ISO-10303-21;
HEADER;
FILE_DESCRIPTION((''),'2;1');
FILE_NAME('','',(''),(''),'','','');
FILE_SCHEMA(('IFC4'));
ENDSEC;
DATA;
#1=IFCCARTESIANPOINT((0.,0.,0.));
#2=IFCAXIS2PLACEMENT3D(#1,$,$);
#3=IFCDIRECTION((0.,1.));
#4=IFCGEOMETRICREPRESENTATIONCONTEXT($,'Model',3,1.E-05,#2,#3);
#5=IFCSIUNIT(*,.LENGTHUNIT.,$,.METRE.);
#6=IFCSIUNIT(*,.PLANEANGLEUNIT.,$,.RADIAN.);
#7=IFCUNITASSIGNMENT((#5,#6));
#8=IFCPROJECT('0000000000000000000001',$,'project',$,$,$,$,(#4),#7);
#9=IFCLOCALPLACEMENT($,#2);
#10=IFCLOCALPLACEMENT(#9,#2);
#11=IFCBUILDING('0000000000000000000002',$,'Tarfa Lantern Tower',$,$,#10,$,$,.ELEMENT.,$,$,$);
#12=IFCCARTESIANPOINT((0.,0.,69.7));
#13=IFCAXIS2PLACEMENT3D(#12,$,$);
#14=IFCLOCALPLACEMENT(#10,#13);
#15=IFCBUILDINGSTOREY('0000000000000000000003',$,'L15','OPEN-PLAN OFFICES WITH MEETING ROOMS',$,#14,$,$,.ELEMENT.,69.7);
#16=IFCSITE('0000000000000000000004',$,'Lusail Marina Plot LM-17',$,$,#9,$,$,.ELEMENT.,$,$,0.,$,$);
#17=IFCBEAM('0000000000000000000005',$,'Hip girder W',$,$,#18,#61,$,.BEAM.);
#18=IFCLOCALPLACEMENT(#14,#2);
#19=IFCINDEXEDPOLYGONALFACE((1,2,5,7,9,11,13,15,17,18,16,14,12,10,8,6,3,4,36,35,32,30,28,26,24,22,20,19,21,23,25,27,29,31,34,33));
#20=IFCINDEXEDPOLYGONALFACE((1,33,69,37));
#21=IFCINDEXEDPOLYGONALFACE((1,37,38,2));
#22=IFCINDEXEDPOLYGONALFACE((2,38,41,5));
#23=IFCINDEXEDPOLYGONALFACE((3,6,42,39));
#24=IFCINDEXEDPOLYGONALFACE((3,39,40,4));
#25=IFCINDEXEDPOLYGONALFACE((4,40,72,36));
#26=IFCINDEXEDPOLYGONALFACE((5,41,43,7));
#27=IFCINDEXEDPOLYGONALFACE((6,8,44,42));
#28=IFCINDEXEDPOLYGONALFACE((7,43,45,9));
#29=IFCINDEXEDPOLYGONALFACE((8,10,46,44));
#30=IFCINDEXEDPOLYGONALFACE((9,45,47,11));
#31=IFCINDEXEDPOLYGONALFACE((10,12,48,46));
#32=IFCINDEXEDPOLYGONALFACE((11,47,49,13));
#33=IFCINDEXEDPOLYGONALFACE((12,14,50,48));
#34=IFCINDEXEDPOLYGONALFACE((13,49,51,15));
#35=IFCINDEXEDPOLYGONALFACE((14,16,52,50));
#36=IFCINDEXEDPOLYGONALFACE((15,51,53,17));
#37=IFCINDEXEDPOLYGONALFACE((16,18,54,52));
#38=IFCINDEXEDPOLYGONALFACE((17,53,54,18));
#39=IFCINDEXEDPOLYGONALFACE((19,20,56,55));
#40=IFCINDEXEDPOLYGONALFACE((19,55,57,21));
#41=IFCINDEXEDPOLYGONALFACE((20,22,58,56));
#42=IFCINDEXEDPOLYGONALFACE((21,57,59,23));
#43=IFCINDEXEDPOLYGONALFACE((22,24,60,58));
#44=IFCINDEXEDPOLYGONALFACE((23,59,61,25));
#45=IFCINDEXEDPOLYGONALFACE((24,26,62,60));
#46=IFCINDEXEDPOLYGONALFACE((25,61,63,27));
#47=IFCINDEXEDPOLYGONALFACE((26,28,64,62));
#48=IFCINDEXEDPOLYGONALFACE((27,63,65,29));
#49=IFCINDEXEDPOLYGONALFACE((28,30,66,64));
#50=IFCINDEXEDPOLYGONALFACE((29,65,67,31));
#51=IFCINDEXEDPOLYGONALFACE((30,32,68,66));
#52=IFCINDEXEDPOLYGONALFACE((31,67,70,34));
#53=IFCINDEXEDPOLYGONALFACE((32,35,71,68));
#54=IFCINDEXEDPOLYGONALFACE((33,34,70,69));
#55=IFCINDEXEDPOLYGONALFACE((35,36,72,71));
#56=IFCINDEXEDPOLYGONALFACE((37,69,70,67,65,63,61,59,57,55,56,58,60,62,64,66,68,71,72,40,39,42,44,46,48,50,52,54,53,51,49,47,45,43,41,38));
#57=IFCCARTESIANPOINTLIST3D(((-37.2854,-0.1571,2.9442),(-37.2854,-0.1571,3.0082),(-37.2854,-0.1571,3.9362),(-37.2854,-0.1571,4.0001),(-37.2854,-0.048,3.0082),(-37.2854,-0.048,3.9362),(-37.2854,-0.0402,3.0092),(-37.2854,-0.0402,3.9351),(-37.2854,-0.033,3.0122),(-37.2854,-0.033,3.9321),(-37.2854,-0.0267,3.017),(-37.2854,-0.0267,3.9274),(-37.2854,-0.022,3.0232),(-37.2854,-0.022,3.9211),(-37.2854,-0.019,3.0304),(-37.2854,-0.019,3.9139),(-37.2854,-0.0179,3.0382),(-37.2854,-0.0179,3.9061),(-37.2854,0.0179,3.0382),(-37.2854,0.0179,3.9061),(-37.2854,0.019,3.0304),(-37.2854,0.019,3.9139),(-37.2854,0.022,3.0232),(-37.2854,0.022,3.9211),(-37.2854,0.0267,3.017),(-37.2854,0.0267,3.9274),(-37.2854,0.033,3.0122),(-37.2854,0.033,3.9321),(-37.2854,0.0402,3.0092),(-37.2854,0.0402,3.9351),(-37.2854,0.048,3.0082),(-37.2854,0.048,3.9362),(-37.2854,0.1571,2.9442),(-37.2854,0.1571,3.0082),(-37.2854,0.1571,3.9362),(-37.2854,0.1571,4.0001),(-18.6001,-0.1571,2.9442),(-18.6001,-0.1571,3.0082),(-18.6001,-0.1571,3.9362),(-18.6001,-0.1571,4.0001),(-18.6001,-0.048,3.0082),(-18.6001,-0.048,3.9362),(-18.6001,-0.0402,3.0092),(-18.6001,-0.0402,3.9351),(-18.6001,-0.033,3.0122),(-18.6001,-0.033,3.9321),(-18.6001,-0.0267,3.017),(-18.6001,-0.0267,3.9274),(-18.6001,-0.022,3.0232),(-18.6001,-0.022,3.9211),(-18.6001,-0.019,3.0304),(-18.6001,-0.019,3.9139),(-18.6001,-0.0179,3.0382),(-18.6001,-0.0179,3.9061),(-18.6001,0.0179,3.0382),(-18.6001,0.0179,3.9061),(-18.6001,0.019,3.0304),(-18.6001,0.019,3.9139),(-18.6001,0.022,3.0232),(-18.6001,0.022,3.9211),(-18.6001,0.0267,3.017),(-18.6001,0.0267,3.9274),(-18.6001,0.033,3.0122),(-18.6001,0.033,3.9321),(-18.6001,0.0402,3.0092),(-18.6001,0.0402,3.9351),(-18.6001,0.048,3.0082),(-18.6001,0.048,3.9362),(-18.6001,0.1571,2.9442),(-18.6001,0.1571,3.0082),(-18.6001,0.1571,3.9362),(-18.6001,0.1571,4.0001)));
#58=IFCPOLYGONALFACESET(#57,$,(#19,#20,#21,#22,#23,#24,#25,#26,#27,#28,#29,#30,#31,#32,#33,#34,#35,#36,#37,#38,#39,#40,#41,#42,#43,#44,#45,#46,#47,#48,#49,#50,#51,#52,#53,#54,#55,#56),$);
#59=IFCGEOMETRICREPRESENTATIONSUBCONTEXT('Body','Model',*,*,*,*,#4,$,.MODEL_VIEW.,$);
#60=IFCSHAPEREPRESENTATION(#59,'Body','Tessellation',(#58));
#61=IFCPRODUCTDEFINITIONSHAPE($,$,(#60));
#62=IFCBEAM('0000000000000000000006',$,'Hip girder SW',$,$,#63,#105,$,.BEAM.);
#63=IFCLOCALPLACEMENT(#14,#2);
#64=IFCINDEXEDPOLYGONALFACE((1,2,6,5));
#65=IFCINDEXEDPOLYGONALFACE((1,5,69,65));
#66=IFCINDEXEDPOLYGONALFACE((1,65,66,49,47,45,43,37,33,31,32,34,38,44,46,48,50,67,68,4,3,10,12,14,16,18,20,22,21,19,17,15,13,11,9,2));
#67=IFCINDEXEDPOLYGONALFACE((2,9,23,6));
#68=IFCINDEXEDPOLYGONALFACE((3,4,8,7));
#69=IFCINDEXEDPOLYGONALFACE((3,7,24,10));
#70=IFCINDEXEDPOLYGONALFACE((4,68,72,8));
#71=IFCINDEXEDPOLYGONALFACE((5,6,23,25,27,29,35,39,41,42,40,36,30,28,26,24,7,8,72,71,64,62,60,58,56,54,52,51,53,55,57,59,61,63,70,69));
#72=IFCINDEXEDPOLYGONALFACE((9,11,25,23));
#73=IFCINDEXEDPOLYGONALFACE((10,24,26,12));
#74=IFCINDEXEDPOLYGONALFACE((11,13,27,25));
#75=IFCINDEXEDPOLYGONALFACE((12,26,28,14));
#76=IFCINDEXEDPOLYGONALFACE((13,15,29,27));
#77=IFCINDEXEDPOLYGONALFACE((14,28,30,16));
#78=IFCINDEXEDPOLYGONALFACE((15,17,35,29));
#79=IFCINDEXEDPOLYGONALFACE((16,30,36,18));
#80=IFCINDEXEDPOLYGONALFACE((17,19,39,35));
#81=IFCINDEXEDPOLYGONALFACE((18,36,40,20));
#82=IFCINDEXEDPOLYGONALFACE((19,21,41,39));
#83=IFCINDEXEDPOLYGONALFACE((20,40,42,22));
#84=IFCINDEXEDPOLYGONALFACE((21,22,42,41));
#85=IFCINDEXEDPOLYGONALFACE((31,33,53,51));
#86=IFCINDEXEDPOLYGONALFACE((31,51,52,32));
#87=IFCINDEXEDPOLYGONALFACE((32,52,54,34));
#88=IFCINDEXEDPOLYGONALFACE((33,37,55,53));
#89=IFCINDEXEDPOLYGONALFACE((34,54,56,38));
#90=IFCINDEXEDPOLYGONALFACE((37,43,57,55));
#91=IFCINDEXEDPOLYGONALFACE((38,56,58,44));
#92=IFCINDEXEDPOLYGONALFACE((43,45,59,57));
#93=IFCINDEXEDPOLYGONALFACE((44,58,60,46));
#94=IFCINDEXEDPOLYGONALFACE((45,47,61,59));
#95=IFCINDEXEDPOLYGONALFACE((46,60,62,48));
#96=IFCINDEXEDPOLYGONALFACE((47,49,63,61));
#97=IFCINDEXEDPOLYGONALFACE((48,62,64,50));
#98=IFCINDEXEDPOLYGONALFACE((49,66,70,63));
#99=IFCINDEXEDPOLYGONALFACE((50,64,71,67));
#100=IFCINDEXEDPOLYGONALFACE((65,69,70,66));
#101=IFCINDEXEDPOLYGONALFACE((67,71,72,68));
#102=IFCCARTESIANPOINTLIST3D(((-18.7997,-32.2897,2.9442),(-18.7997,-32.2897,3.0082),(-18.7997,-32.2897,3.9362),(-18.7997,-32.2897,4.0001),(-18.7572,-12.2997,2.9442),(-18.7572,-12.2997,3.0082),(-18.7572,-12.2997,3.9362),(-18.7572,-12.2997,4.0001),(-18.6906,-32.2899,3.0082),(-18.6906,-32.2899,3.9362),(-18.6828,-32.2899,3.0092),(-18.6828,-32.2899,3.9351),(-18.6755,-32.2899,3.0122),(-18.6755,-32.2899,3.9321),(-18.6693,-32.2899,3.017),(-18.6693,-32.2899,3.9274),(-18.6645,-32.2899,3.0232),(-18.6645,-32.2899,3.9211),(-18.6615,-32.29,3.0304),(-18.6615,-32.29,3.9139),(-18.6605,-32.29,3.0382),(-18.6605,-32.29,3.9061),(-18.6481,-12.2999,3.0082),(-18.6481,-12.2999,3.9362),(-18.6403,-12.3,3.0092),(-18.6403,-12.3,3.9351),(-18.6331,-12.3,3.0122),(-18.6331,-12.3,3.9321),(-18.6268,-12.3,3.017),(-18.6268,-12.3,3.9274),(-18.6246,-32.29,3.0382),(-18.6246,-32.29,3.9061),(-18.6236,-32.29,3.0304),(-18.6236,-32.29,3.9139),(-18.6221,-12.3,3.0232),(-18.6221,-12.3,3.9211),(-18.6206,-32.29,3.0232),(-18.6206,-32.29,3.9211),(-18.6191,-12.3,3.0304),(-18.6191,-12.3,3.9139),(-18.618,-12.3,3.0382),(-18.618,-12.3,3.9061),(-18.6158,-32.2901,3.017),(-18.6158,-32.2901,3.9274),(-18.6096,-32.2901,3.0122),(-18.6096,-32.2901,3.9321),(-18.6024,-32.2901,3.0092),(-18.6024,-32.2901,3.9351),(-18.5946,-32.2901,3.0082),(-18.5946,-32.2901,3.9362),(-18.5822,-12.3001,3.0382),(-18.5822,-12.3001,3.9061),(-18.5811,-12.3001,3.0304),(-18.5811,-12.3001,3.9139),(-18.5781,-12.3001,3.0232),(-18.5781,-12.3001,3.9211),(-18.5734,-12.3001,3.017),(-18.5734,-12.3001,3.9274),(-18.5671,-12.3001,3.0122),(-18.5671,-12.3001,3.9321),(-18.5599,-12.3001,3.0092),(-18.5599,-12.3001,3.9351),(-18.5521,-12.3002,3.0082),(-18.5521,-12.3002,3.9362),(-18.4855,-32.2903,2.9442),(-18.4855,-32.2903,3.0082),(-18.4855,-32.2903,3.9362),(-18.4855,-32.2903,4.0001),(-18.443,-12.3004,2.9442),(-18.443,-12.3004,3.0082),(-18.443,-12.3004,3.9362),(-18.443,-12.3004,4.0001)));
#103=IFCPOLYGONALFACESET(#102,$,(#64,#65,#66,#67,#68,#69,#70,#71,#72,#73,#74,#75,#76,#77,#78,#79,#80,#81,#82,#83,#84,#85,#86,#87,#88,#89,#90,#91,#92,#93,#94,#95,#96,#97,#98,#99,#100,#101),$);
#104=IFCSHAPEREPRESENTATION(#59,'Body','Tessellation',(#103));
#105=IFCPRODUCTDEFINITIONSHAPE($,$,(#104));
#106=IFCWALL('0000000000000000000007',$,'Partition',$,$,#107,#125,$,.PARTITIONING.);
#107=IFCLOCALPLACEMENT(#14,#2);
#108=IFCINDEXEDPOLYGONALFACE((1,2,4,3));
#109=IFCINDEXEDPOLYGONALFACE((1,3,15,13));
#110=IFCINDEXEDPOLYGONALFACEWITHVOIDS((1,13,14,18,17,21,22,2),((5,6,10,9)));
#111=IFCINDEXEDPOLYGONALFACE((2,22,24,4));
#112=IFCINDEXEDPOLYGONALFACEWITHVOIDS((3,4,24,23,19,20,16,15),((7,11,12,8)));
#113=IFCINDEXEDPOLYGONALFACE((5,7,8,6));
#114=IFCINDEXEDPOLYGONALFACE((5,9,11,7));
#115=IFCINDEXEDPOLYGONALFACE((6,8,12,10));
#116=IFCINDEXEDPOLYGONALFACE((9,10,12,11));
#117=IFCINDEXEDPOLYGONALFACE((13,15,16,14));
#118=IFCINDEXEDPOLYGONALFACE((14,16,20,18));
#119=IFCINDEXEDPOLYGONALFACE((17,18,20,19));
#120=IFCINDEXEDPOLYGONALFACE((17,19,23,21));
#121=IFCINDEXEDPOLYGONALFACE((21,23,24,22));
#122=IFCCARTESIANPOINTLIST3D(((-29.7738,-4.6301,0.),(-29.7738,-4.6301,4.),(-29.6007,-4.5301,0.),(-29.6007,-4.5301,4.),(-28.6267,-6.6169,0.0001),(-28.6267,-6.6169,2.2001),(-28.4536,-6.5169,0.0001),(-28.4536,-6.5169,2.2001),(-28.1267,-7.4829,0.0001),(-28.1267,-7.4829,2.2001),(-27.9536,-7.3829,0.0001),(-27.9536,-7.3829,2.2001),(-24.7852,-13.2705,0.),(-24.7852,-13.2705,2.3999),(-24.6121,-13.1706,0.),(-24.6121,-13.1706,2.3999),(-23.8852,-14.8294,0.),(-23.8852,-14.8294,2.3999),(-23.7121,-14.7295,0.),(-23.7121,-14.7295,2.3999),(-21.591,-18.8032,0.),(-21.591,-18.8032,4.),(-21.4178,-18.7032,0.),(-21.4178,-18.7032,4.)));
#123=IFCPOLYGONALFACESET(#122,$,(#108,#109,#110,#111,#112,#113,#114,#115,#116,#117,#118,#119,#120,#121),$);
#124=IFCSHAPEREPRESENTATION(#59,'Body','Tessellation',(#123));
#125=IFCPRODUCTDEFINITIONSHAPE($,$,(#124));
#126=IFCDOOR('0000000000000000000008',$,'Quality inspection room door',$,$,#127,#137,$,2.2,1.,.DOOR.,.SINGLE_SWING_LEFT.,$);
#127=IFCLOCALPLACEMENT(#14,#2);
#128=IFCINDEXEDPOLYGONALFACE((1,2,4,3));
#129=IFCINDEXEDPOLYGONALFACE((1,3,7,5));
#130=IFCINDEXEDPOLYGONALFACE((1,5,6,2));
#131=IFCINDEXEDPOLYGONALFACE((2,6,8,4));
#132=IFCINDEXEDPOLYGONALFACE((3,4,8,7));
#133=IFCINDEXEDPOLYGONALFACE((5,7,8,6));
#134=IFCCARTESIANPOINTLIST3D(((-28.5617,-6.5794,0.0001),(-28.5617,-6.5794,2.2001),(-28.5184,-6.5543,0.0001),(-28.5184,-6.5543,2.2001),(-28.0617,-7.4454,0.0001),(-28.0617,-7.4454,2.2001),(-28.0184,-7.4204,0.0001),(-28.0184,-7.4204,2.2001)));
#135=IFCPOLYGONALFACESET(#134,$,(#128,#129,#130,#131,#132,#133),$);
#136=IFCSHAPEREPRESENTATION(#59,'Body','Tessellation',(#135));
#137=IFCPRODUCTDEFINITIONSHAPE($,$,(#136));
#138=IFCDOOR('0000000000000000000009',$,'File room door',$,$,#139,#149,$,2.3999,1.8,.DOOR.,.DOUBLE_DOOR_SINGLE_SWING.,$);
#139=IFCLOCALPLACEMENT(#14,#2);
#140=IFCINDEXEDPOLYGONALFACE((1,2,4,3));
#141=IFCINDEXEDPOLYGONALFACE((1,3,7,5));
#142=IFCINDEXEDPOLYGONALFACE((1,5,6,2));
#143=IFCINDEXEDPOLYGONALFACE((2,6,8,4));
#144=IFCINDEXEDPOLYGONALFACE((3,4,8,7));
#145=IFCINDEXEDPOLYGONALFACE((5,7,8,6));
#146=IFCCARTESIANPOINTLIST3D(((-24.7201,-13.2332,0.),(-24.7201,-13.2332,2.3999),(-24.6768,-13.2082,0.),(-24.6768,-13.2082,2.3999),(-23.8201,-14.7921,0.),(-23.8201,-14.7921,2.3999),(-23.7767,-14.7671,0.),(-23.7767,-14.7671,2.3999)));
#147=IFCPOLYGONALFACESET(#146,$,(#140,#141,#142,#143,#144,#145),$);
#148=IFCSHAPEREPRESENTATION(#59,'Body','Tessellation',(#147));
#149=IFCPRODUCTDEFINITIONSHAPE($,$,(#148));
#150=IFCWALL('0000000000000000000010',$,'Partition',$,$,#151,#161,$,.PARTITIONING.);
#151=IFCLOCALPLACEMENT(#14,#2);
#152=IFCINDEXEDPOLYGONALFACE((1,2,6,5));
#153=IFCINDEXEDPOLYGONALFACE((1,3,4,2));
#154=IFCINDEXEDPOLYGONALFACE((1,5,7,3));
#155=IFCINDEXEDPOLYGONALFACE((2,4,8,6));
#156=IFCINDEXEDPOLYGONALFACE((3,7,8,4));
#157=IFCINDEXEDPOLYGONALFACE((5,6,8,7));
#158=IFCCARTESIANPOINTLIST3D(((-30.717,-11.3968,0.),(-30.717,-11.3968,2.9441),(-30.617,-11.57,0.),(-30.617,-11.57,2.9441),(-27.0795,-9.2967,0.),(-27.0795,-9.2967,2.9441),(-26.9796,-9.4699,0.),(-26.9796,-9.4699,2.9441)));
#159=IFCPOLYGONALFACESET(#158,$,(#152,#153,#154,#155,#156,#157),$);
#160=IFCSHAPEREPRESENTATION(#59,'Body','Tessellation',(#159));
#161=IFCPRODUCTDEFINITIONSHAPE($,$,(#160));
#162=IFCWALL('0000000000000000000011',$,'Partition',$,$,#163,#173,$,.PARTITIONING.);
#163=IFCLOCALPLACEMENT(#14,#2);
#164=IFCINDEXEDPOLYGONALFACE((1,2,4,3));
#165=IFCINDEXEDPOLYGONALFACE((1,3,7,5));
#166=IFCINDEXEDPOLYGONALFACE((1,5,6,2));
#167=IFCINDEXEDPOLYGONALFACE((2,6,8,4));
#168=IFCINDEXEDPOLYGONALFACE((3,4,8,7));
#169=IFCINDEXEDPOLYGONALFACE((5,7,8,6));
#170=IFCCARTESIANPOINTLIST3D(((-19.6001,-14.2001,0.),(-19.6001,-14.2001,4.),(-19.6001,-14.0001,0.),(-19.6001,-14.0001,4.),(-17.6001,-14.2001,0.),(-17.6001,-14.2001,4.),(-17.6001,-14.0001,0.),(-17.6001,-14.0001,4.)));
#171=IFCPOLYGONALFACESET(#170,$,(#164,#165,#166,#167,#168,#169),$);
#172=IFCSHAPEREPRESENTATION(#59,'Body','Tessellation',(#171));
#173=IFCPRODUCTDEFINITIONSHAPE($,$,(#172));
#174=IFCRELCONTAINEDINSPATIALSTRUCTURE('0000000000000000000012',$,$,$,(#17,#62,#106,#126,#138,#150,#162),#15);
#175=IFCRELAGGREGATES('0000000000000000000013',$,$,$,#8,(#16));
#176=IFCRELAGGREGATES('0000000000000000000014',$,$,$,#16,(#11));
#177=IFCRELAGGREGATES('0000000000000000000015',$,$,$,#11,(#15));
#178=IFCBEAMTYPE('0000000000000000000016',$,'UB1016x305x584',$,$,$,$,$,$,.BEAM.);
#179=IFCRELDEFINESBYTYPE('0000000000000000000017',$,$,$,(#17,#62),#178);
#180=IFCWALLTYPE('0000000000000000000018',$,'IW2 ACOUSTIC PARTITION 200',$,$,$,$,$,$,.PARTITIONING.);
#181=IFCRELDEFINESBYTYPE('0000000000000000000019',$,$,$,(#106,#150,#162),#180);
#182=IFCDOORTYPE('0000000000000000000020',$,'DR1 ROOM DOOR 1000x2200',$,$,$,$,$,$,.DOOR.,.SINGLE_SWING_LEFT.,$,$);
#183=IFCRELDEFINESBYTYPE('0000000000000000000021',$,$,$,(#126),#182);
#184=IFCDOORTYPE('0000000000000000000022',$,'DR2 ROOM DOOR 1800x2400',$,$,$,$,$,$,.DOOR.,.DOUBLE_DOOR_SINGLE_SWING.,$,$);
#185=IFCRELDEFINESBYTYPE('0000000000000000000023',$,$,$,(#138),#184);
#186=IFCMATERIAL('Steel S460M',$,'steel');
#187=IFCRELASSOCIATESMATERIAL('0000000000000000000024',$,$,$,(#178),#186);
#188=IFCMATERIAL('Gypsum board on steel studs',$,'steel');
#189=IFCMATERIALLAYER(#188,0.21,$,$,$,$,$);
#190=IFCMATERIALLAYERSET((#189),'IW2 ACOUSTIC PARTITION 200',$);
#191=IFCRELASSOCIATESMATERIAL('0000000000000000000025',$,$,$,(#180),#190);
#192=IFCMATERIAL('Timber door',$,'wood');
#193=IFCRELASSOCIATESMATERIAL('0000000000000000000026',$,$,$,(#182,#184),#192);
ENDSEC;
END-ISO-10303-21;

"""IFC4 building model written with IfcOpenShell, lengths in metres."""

from ifc_helpers import new_model, si_unit, direction, frame, frame_2d, origin, origin_2d, place, context, subcontext, project, spatial, rectangle, i_section, extrude, material, layer, layer_set, material_profile, profile_set, type_object, element, fill, save


model = new_model("IFC4")

# Units and contexts
model_context = context("Model", 3, precision=1e-05, world=origin(), true_north=direction((0.0, 1.0)))
body_context = subcontext(model_context, "Body", "Model", "MODEL_VIEW")
ifc_project = project(units=[si_unit("LENGTHUNIT", "METRE"), si_unit("PLANEANGLEUNIT", "RADIAN")], contexts=[model_context])

# Site, building, storey
site_placement = place(None, origin())
site = spatial("IfcSite", under=ifc_project, at=site_placement, Name="Lusail Marina Plot LM-17", CompositionType="ELEMENT", RefElevation=0.0)
building_placement = place(site_placement, origin())
building = spatial("IfcBuilding", under=site, at=building_placement, Name="Tarfa Lantern Tower", CompositionType="ELEMENT")
storey_placement = place(building_placement, frame((0.0, 0.0, 69.7)))
storey = spatial("IfcBuildingStorey", under=building, at=storey_placement, Name="L15", Description="OPEN-PLAN OFFICES WITH MEETING ROOMS", CompositionType="ELEMENT", Elevation=69.7)

# Beams
ifc_material_1 = material(Name="Steel S460M", Category="steel")
ifc_material_profile = material_profile(ifc_material_1, i_section(OverallWidth=0.3142, OverallDepth=1.0559, WebThickness=0.0359, FlangeThickness=0.064, FilletRadius=0.03, at=origin_2d()), Name="UB1016x305x584")
ifc_profile_set = profile_set([ifc_material_profile], Name="Steel S460M")
beam_type = type_object("IfcBeamType", Name="UB1016x305x584", PredefinedType="BEAM", material=ifc_profile_set)
beam_1_placement = place(storey_placement, frame((-18.6001, 0.0, 3.4722), z_axis=(-1.0, 0.0, 0.0), x_axis=(0.0, -1.0, 0.0)))
element("IfcBeam", 1, at=beam_1_placement, inside=storey, type_object=beam_type, Name="Hip girder W", PredefinedType="BEAM", context=body_context, shape_type="SweptSolid", body=[
    extrude(i_section(OverallWidth=0.3142, OverallDepth=1.0559, WebThickness=0.0359, FlangeThickness=0.064, FilletRadius=0.03, at=origin_2d()), origin(), (0.0, 0.0, 1.0), 18.6853),
])
beam_2_placement = place(storey_placement, frame((-18.6001, -12.3, 3.4722), z_axis=(-0.002125, -0.999998, 0.0), x_axis=(0.999998, -0.002125, 0.0)))
element("IfcBeam", 2, at=beam_2_placement, inside=storey, type_object=beam_type, Name="Hip girder SW", PredefinedType="BEAM", context=body_context, shape_type="SweptSolid", body=[
    extrude(i_section(OverallWidth=0.3142, OverallDepth=1.0559, WebThickness=0.0359, FlangeThickness=0.064, FilletRadius=0.03, at=origin_2d()), origin(), (0.0, 0.0, 1.0), 19.99),
])

# Wall, openings, doors
ifc_material_2 = material(Name="Gypsum board on steel studs", Category="steel")
ifc_layer_1 = layer(ifc_material_2, 0.21)
ifc_layer_set_1 = layer_set([ifc_layer_1], Name="IW2 ACOUSTIC PARTITION 200")
wall_type_1 = type_object("IfcWallType", Name="IW2 ACOUSTIC PARTITION 200", PredefinedType="PARTITIONING", material=ifc_layer_set_1)
wall_1_placement = place(storey_placement, frame((-29.6873, -4.5801, 0.0), z_axis=(0.0, 0.0, 1.0), x_axis=(0.500001, -0.866025, 0.0)))
wall_1 = element("IfcWall", 3, at=wall_1_placement, inside=storey, type_object=wall_type_1, Name="Partition", PredefinedType="PARTITIONING", context=body_context, shape_type="SweptSolid", body=[
    extrude(rectangle(XDim=16.3657, YDim=0.2, at=frame_2d((8.1829, 0.0))), origin(), (0.0, 0.0, 1.0), 4.0),
])
opening_1_placement = place(wall_1_placement, frame((2.2942, 0.0, 0.0)))
opening_1 = element("IfcOpeningElement", 4, at=opening_1_placement, cuts=wall_1, PredefinedType="OPENING", context=body_context, shape_type="SweptSolid", body=[
    extrude(rectangle(XDim=1.0, YDim=2.2, at=frame_2d((0.5, 1.1001))), frame((0.0, 0.1099, 0.0), z_axis=(0.0, -1.0, 0.0), x_axis=(1.0, 0.0, 0.0)), (0.0, 0.0, 1.0), 0.22),
])
opening_2_placement = place(wall_1_placement, frame((9.9773, 0.0, 0.0)))
opening_2 = element("IfcOpeningElement", 5, at=opening_2_placement, cuts=wall_1, PredefinedType="OPENING", context=body_context, shape_type="SweptSolid", body=[
    extrude(rectangle(XDim=1.8, YDim=2.3999, at=frame_2d((0.8999, 1.2))), frame((0.0, 0.1099, 0.0), z_axis=(0.0, -1.0, 0.0), x_axis=(1.0, 0.0, 0.0)), (0.0, 0.0, 1.0), 0.22),
])
ifc_material_3 = material(Name="Timber door", Category="wood")
door_type_1 = type_object("IfcDoorType", Name="DR1 ROOM DOOR 1000x2200", OperationType="SINGLE_SWING_LEFT", PredefinedType="DOOR", material=ifc_material_3)
door_1_placement = place(opening_1_placement, frame((1.0, 0.0, 0.0), z_axis=(0.0, 0.0, 1.0), x_axis=(-1.0, 0.0, 0.0)))
door_1 = element("IfcDoor", 6, at=door_1_placement, inside=storey, type_object=door_type_1, Name="Quality inspection room door", OperationType="SINGLE_SWING_LEFT", OverallHeight=2.2, OverallWidth=1.0, PredefinedType="DOOR", context=body_context, shape_type="SweptSolid", body=[
    extrude(rectangle(XDim=1.0, YDim=2.2, at=frame_2d((0.5, 1.1001))), frame((0.0, 0.0249, 0.0), z_axis=(0.0, -1.0, 0.0), x_axis=(1.0, 0.0, 0.0)), (0.0, 0.0, 1.0), 0.05),
])
fill(opening_1, door_1)
door_type_2 = type_object("IfcDoorType", Name="DR2 ROOM DOOR 1800x2400", OperationType="DOUBLE_DOOR_SINGLE_SWING", PredefinedType="DOOR", material=ifc_material_3)
door_2_placement = place(opening_2_placement, frame((1.8, 0.0, 0.0), z_axis=(0.0, 0.0, 1.0), x_axis=(-1.0, 0.0, 0.0)))
door_2 = element("IfcDoor", 7, at=door_2_placement, inside=storey, type_object=door_type_2, Name="File room door", OperationType="DOUBLE_DOOR_SINGLE_SWING", OverallHeight=2.3999, OverallWidth=1.8, PredefinedType="DOOR", context=body_context, shape_type="SweptSolid", body=[
    extrude(rectangle(XDim=1.8, YDim=2.3999, at=frame_2d((0.8999, 1.2))), frame((0.0, 0.0249, 0.0), z_axis=(0.0, -1.0, 0.0), x_axis=(1.0, 0.0, 0.0)), (0.0, 0.0, 1.0), 0.05),
])
fill(opening_2, door_2)

# Walls
wall_2_placement = place(storey_placement, frame((-27.0295, -9.3833, 0.0), z_axis=(0.0, 0.0, 1.0), x_axis=(-0.866024, -0.500003, 0.0)))
element("IfcWall", 8, at=wall_2_placement, inside=storey, type_object=wall_type_1, Name="Partition", PredefinedType="PARTITIONING", context=body_context, shape_type="SweptSolid", body=[
    extrude(rectangle(XDim=4.2002, YDim=0.2, at=frame_2d((2.1001, 0.0))), origin(), (0.0, 0.0, 1.0), 2.9441),
])
wall_3_placement = place(storey_placement, frame((-17.6001, -14.1001, 0.0), z_axis=(0.0, 0.0, 1.0), x_axis=(-1.0, 0.0, 0.0)))
element("IfcWall", 9, at=wall_3_placement, inside=storey, type_object=wall_type_1, Name="Partition", PredefinedType="PARTITIONING", context=body_context, shape_type="SweptSolid", body=[
    extrude(rectangle(XDim=2.0, YDim=0.2, at=frame_2d((1.0, 0.0))), origin(), (0.0, 0.0, 1.0), 4.0),
])

save(model, "model.ifc")
